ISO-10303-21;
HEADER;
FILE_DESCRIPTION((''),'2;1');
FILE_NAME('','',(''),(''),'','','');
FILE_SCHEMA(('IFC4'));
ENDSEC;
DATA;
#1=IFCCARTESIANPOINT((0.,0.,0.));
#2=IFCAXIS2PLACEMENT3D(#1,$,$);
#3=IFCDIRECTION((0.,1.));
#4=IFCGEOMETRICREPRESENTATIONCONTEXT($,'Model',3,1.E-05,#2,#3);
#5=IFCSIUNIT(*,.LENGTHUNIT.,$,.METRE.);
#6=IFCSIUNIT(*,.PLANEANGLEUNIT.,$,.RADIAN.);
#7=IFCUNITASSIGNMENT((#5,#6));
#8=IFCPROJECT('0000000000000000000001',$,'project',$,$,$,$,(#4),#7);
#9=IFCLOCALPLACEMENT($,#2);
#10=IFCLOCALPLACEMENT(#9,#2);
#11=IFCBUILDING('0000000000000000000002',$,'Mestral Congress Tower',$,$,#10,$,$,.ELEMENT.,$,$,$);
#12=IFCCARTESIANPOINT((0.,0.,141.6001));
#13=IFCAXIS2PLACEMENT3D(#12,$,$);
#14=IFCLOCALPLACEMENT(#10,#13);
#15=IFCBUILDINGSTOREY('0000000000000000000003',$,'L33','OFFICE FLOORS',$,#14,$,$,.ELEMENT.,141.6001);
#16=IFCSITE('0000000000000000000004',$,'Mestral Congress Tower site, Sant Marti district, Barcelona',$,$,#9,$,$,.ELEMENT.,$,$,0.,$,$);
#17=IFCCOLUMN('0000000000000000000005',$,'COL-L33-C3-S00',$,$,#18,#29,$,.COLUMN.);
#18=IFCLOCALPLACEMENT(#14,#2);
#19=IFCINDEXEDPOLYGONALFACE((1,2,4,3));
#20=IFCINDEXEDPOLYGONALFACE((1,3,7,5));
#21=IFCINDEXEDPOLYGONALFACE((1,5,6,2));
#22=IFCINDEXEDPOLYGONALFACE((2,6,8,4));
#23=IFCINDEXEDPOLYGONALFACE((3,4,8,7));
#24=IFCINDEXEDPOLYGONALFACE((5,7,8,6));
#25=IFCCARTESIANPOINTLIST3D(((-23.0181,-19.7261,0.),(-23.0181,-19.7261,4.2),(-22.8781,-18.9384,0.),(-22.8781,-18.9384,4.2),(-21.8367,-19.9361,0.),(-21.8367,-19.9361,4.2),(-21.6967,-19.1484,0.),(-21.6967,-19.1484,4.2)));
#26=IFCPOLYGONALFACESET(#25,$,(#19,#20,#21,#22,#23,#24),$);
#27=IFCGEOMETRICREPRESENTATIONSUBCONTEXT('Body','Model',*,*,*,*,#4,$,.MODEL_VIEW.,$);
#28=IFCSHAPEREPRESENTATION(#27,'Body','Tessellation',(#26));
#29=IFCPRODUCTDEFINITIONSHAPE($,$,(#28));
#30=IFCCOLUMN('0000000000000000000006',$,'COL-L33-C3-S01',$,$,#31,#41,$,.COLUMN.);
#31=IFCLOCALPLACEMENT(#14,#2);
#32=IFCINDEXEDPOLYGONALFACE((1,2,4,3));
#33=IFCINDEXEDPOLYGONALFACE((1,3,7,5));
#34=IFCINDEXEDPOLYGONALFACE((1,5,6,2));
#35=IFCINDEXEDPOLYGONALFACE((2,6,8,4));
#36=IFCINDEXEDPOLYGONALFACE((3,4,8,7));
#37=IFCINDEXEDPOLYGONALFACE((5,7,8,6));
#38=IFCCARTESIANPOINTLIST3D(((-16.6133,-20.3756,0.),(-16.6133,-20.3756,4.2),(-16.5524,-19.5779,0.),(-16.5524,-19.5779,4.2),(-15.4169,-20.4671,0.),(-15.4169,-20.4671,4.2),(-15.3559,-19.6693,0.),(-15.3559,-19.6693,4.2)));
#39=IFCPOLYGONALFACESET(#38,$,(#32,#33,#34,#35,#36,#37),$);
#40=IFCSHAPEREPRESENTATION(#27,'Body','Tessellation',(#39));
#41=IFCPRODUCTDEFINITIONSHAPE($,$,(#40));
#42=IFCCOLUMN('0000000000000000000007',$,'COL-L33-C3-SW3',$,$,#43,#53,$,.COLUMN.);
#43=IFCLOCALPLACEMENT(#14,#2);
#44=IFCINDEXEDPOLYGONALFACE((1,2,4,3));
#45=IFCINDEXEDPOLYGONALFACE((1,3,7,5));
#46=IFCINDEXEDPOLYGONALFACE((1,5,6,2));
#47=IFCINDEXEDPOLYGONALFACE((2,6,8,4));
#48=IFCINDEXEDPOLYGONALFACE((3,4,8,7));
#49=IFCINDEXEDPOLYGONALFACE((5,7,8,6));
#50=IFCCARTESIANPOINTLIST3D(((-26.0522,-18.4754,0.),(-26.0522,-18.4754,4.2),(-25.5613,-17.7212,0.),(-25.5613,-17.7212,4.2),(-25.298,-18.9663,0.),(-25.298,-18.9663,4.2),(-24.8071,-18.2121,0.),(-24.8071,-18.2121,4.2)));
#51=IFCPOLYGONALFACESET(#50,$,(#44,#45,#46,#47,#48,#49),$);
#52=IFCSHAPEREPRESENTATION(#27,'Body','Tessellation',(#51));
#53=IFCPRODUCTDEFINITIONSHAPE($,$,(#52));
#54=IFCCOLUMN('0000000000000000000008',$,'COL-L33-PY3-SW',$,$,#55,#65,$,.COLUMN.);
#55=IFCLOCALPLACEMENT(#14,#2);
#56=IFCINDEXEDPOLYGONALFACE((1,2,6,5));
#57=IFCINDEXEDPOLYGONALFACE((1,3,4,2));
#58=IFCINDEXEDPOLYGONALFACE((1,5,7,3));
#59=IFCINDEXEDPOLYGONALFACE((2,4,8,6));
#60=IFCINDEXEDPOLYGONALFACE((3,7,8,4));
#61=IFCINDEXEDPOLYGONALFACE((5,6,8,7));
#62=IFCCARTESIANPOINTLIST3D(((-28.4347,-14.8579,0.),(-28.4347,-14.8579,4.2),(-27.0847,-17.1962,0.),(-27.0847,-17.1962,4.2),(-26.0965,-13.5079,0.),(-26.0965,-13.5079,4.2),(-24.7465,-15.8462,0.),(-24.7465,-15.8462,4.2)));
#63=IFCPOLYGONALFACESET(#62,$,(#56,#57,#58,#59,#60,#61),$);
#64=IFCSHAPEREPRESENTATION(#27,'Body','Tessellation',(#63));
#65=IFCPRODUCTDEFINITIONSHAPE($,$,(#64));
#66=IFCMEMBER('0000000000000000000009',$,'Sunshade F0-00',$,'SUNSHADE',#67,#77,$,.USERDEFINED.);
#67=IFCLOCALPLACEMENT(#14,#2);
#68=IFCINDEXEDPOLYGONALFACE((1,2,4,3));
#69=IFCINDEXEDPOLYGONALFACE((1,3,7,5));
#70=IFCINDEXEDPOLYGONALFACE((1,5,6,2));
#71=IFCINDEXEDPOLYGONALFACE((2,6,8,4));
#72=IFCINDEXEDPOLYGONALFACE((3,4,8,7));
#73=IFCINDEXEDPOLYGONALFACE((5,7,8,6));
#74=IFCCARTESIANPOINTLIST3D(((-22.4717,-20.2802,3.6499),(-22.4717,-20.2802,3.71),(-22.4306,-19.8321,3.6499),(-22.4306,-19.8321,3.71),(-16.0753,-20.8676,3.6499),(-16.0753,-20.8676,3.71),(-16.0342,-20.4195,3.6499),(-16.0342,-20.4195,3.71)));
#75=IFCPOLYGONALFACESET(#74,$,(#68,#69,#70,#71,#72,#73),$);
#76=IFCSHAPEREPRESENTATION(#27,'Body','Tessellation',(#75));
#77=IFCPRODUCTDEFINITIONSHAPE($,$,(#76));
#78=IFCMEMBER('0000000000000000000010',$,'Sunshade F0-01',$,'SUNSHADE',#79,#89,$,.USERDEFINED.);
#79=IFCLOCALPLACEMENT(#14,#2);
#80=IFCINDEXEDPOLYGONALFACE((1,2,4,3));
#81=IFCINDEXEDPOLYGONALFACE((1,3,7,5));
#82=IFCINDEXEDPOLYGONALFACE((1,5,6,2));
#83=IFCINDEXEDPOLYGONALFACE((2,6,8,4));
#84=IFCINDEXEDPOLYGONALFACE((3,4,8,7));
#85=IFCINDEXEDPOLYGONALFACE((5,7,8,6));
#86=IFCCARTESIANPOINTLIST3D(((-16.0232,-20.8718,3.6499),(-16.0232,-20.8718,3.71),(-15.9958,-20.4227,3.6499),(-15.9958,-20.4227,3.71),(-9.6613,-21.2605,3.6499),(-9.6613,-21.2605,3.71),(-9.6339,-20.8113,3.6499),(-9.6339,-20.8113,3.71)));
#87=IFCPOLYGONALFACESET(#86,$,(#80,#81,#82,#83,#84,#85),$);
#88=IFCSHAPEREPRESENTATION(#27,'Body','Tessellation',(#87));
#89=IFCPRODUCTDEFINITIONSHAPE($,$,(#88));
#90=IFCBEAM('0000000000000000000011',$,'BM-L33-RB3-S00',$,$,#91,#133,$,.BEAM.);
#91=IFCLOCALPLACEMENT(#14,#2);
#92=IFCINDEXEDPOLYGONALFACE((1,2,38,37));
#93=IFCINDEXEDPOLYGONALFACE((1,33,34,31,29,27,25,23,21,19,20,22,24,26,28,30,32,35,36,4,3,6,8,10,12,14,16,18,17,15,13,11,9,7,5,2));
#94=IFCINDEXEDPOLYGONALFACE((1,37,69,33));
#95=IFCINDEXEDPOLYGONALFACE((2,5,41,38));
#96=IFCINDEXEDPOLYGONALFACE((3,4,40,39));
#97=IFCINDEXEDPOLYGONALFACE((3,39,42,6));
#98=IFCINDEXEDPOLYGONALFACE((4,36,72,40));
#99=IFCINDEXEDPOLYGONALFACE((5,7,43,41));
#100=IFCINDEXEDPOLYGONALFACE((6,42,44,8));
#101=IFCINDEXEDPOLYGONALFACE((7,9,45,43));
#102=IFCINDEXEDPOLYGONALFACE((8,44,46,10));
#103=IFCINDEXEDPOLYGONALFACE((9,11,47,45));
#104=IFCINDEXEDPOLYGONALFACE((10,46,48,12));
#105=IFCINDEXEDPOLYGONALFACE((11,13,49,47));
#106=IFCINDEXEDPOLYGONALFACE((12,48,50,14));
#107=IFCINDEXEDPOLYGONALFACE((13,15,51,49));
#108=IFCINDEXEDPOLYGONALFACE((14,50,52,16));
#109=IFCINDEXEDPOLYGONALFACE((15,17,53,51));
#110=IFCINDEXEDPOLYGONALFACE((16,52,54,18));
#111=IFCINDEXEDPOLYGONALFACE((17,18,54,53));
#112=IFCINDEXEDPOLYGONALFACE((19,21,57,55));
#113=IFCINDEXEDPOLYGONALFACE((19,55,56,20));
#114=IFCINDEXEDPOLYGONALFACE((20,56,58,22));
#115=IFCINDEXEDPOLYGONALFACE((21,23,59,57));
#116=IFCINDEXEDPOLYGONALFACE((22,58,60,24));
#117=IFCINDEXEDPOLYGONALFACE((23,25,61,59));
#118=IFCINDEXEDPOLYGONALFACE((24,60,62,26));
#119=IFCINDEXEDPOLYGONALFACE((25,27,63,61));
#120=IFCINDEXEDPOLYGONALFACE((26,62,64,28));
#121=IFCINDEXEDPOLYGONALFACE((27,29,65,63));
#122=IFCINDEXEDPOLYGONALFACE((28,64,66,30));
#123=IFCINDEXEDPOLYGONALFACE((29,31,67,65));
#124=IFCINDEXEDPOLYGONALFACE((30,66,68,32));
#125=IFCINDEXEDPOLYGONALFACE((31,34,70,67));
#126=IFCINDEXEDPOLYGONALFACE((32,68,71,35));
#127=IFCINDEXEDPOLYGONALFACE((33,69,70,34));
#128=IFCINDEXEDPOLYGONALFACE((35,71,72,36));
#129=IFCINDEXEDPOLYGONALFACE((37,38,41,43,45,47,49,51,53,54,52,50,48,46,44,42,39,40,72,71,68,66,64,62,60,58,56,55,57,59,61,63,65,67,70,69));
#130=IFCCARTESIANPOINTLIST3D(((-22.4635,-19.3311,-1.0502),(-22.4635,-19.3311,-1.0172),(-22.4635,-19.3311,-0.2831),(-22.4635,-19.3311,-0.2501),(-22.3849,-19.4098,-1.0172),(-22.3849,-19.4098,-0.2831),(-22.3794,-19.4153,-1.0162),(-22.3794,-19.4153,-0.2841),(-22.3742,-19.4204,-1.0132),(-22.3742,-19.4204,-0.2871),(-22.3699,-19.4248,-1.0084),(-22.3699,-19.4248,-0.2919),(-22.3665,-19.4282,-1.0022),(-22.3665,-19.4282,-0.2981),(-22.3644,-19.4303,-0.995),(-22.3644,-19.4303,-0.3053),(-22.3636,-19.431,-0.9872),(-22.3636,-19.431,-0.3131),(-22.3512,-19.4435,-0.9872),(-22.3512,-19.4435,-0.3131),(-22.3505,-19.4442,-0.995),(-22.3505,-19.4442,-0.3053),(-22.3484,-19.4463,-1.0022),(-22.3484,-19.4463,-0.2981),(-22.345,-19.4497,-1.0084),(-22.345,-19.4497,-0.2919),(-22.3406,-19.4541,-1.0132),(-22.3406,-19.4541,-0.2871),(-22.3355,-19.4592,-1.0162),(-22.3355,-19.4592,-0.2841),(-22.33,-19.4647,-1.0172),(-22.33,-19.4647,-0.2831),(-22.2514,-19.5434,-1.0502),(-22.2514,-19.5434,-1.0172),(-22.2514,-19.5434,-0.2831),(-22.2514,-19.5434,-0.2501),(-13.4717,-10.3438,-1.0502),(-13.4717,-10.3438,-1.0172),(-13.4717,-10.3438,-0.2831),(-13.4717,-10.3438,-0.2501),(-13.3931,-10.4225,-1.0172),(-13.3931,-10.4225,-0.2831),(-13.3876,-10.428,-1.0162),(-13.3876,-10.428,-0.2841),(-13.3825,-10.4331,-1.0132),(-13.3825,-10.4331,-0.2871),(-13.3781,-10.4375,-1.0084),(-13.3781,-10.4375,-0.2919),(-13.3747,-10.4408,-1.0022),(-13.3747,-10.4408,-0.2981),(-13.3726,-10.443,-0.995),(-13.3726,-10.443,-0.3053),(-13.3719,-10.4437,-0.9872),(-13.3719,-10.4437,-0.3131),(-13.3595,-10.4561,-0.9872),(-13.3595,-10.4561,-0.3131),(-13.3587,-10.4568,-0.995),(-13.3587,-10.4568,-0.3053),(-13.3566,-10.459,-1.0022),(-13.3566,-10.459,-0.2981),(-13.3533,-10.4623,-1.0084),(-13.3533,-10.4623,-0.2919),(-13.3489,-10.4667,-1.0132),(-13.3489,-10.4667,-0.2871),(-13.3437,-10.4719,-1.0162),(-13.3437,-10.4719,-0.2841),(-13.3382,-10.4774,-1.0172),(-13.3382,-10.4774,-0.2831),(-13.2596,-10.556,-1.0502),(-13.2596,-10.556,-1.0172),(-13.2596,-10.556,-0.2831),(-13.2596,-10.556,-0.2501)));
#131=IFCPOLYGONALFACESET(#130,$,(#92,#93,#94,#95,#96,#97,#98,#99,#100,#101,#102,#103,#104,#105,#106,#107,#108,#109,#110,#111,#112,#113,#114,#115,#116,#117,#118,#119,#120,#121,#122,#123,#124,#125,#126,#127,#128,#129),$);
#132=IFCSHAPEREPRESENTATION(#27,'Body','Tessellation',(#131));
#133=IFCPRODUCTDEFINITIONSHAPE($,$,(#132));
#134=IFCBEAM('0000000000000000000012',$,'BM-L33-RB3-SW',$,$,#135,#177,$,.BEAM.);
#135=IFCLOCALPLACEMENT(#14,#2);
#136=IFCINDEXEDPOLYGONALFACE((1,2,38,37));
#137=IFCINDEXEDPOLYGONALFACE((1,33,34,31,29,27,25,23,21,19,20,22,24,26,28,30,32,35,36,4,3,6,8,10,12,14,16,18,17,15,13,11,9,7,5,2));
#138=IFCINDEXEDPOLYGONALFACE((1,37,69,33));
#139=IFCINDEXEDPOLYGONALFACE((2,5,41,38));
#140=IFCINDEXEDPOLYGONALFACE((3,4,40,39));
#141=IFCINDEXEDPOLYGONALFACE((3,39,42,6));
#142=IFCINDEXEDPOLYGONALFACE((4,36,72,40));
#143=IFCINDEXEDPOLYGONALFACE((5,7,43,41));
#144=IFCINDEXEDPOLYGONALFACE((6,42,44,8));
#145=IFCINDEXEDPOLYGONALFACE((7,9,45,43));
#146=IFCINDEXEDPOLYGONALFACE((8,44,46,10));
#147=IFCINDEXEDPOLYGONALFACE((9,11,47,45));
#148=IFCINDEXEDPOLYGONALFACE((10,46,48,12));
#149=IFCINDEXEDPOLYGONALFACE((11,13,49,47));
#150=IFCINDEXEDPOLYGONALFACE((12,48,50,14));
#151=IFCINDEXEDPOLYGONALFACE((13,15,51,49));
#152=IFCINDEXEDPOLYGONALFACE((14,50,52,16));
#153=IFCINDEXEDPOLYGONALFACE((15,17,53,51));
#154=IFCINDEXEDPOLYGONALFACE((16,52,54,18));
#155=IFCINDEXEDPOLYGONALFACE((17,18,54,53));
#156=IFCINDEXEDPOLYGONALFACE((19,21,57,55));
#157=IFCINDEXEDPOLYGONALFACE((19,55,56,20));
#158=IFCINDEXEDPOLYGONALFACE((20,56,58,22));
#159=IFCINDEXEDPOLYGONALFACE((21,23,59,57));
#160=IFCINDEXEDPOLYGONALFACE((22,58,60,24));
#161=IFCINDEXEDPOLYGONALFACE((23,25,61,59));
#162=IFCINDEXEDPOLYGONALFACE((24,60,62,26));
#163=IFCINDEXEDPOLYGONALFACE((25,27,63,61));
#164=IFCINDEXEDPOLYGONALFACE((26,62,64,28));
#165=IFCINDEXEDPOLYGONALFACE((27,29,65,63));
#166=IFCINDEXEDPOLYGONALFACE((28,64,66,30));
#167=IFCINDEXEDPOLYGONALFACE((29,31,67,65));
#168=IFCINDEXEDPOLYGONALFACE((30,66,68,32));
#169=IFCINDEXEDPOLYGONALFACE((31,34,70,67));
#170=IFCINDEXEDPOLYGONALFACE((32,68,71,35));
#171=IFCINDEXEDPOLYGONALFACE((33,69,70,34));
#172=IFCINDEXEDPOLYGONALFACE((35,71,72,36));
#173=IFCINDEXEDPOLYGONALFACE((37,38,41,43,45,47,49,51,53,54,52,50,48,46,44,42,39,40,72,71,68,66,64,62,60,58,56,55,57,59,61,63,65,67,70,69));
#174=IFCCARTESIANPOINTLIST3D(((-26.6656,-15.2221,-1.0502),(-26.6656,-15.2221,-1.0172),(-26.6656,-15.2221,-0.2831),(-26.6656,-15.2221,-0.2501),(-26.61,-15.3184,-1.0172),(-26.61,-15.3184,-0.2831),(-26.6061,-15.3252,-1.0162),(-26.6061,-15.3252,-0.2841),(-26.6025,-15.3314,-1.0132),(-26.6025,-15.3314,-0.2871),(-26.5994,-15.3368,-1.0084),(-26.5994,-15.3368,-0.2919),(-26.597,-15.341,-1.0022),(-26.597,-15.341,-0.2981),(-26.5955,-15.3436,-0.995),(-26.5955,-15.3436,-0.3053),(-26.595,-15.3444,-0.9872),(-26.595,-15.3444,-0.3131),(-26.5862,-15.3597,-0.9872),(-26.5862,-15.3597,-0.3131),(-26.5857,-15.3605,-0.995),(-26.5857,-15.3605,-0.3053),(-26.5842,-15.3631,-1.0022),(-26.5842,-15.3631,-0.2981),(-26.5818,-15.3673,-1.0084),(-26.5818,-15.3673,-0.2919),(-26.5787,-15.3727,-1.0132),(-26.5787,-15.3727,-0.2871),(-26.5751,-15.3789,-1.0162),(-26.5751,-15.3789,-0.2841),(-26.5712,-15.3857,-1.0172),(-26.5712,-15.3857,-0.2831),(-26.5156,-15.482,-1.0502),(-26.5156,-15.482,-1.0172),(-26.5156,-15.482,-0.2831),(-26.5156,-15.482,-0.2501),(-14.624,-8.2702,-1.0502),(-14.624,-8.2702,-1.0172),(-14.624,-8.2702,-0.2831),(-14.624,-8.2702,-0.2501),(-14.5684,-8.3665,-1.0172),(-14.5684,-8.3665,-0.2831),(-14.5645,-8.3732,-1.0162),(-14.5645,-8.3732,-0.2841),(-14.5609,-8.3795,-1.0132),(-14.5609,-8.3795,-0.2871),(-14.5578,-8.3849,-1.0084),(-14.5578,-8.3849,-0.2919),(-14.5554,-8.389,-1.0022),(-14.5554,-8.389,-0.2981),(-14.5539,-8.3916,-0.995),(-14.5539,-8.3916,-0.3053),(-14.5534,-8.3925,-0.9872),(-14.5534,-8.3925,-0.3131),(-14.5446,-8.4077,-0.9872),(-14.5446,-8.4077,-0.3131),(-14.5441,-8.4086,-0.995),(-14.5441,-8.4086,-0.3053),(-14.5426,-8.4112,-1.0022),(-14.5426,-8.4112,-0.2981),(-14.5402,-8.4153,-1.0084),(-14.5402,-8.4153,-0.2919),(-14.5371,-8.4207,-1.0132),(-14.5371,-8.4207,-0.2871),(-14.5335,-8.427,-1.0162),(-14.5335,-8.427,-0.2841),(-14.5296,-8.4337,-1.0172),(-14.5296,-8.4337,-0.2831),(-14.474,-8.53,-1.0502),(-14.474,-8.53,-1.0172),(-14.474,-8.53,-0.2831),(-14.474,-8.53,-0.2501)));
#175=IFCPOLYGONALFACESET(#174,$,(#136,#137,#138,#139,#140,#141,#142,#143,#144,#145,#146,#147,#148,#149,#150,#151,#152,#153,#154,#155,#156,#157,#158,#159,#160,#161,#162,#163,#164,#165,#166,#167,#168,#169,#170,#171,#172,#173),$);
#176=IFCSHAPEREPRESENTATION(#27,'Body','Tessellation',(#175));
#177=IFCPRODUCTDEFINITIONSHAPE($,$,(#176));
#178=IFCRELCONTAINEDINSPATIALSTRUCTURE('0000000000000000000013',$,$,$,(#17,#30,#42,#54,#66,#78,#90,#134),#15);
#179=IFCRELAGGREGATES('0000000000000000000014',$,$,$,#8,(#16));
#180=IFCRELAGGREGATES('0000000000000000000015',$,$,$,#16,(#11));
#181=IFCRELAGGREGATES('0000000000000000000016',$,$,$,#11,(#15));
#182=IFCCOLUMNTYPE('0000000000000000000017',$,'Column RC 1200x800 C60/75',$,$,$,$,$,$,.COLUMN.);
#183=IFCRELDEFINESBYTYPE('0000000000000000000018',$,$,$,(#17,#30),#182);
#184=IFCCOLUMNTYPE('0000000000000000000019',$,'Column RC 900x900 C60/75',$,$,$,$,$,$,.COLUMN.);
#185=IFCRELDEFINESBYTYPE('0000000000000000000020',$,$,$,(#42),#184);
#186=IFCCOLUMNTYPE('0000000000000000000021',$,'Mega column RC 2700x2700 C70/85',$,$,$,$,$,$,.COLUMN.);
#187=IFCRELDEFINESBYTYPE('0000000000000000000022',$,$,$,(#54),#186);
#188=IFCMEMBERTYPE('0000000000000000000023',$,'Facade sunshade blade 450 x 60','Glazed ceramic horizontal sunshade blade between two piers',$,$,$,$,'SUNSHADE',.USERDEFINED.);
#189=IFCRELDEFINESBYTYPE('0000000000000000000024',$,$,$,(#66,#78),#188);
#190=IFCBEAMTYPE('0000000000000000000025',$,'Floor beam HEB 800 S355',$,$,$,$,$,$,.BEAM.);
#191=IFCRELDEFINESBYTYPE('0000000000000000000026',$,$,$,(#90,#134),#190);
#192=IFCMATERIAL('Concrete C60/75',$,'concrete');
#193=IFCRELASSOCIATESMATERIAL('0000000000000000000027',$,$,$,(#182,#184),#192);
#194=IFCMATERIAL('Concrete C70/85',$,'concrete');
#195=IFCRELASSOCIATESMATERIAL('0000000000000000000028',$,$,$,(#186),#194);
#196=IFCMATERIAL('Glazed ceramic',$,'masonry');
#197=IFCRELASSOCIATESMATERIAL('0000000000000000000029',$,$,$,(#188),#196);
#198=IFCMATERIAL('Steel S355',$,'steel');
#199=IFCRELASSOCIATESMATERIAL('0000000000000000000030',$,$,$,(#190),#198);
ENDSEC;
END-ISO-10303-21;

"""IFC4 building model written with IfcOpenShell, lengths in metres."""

from ifc_helpers import new_model, si_unit, direction, frame, origin, origin_2d, place, context, subcontext, project, spatial, rectangle, i_section, extrude, material, material_profile, profile_set, type_object, element, save


model = new_model("IFC4")

# Units and contexts
model_context = context("Model", 3, precision=1e-05, world=origin(), true_north=direction((0.0, 1.0)))
body_context = subcontext(model_context, "Body", "Model", "MODEL_VIEW")
ifc_project = project(units=[si_unit("LENGTHUNIT", "METRE"), si_unit("PLANEANGLEUNIT", "RADIAN")], contexts=[model_context])

# Site, building, storey
site_placement = place(None, origin())
site = spatial("IfcSite", under=ifc_project, at=site_placement, Name="Mestral Congress Tower site, Sant Marti district, Barcelona", CompositionType="ELEMENT", RefElevation=0.0)
building_placement = place(site_placement, origin())
building = spatial("IfcBuilding", under=site, at=building_placement, Name="Mestral Congress Tower", CompositionType="ELEMENT")
storey_placement = place(building_placement, frame((0.0, 0.0, 141.6001)))
storey = spatial("IfcBuildingStorey", under=building, at=storey_placement, Name="L33", Description="OFFICE FLOORS", CompositionType="ELEMENT", Elevation=141.6001)

# Columns
ifc_material_1 = material(Name="Concrete C60/75", Category="concrete")
ifc_material_profile_1 = material_profile(ifc_material_1, rectangle(XDim=1.2, YDim=0.8, at=origin_2d()), Name="RC 1200x800")
ifc_profile_set_1 = profile_set([ifc_material_profile_1], Name="Concrete C60/75")
column_type_1 = type_object("IfcColumnType", Name="Column RC 1200x800 C60/75", PredefinedType="COLUMN", material=ifc_profile_set_1)
for number, where, z_axis, x_axis, name in (
    (1, (-22.3574, -19.4373, 0.0), (0.0, 0.0, 1.0), (0.984571, -0.174985, 0.0), "COL-L33-C3-S00"),
    (2, (-15.9846, -20.0225, 0.0), (0.0, 0.0, 1.0), (0.99709, -0.076237, 0.0), "COL-L33-C3-S01"),
):
    element("IfcColumn", number, at=place(storey_placement, frame(where, z_axis=z_axis, x_axis=x_axis)), inside=storey, type_object=column_type_1, Name=name, PredefinedType="COLUMN", context=body_context, shape_type="SweptSolid", body=[
        extrude(rectangle(XDim=1.2, YDim=0.8, at=origin_2d()), origin(), (0.0, 0.0, 1.0), 4.2),
    ])
ifc_material_profile_2 = material_profile(ifc_material_1, rectangle(XDim=0.8999, YDim=0.8999, at=origin_2d()), Name="RC 900x900")
ifc_profile_set_2 = profile_set([ifc_material_profile_2], Name="Concrete C60/75")
column_type_2 = type_object("IfcColumnType", Name="Column RC 900x900 C60/75", PredefinedType="COLUMN", material=ifc_profile_set_2)
column_1_placement = place(storey_placement, frame((-25.4297, -18.3438, 0.0), z_axis=(0.0, 0.0, 1.0), x_axis=(0.838094, -0.545526, 0.0)))
element("IfcColumn", 3, at=column_1_placement, inside=storey, type_object=column_type_2, Name="COL-L33-C3-SW3", PredefinedType="COLUMN", context=body_context, shape_type="SweptSolid", body=[
    extrude(rectangle(XDim=0.8999, YDim=0.8999, at=origin_2d()), origin(), (0.0, 0.0, 1.0), 4.2),
])
ifc_material_2 = material(Name="Concrete C70/85", Category="concrete")
ifc_material_profile_3 = material_profile(ifc_material_2, rectangle(XDim=2.7, YDim=2.7, at=origin_2d()), Name="RC 2700x2700")
ifc_profile_set_3 = profile_set([ifc_material_profile_3], Name="Concrete C70/85")
column_type_3 = type_object("IfcColumnType", Name="Mega column RC 2700x2700 C70/85", PredefinedType="COLUMN", material=ifc_profile_set_3)
column_2_placement = place(storey_placement, frame((-26.5906, -15.3521, 0.0), z_axis=(0.0, 0.0, 1.0), x_axis=(-0.866025, -0.5, 0.0)))
element("IfcColumn", 4, at=column_2_placement, inside=storey, type_object=column_type_3, Name="COL-L33-PY3-SW", PredefinedType="COLUMN", context=body_context, shape_type="SweptSolid", body=[
    extrude(rectangle(XDim=2.7, YDim=2.7, at=origin_2d()), origin(), (0.0, 0.0, 1.0), 4.2),
])

# Members
ifc_material_3 = material(Name="Glazed ceramic", Category="masonry")
ifc_material_profile_4 = material_profile(ifc_material_3, rectangle(XDim=0.45, YDim=0.0601, at=origin_2d()), Name="Ceramic blade 450 x 60")
ifc_profile_set_4 = profile_set([ifc_material_profile_4], Name="Glazed ceramic")
member_type = type_object("IfcMemberType", Name="Facade sunshade blade 450 x 60", Description="Glazed ceramic horizontal sunshade blade between two piers", ElementType="SUNSHADE", PredefinedType="USERDEFINED", material=ifc_profile_set_4)
member_1_placement = place(storey_placement, frame((-22.4512, -20.0562, 3.6799), z_axis=(0.99581, -0.091447, 0.0), x_axis=(0.091447, 0.99581, 0.0)))
element("IfcMember", 5, at=member_1_placement, inside=storey, type_object=member_type, Name="Sunshade F0-00", ObjectType="SUNSHADE", PredefinedType="USERDEFINED", context=body_context, shape_type="SweptSolid", body=[
    extrude(rectangle(XDim=0.45, YDim=0.0601, at=origin_2d()), origin(), (0.0, 0.0, 1.0), 6.4233),
])
member_2_placement = place(storey_placement, frame((-16.0095, -20.6472, 3.6799), z_axis=(0.998139, -0.060981, 0.0), x_axis=(0.060981, 0.998139, 0.0)))
element("IfcMember", 6, at=member_2_placement, inside=storey, type_object=member_type, Name="Sunshade F0-01", ObjectType="SUNSHADE", PredefinedType="USERDEFINED", context=body_context, shape_type="SweptSolid", body=[
    extrude(rectangle(XDim=0.45, YDim=0.0601, at=origin_2d()), origin(), (0.0, 0.0, 1.0), 6.3738),
])

# Beams
ifc_material_4 = material(Name="Steel S355", Category="steel")
ifc_material_profile_5 = material_profile(ifc_material_4, i_section(OverallWidth=0.3, OverallDepth=0.8, WebThickness=0.0176, FlangeThickness=0.033, FilletRadius=0.03, at=origin_2d()), Name="HEB 800")
ifc_profile_set_5 = profile_set([ifc_material_profile_5], Name="Steel S355")
beam_type_1 = type_object("IfcBeamType", Name="Floor beam HEB 800 S355", PredefinedType="BEAM", material=ifc_profile_set_5)
beam_1_placement = place(storey_placement, frame((-22.3574, -19.4373, -0.6501), z_axis=(0.70728, 0.706934, 0.0), x_axis=(-0.706934, 0.70728, 0.0)))
element("IfcBeam", 7, at=beam_1_placement, inside=storey, type_object=beam_type_1, Name="BM-L33-RB3-S00", PredefinedType="BEAM", context=body_context, shape_type="SweptSolid", body=[
    extrude(i_section(OverallWidth=0.3, OverallDepth=0.8, WebThickness=0.0176, FlangeThickness=0.033, FilletRadius=0.03, at=origin_2d()), origin(), (0.0, 0.0, 1.0), 12.7131),
])
beam_2_placement = place(storey_placement, frame((-26.5906, -15.3521, -0.6501), z_axis=(0.866034, 0.499986, 0.0), x_axis=(-0.499986, 0.866034, 0.0)))
element("IfcBeam", 8, at=beam_2_placement, inside=storey, type_object=beam_type_1, Name="BM-L33-RB3-SW", PredefinedType="BEAM", context=body_context, shape_type="SweptSolid", body=[
    extrude(i_section(OverallWidth=0.3, OverallDepth=0.8, WebThickness=0.0176, FlangeThickness=0.033, FilletRadius=0.03, at=origin_2d()), origin(), (0.0, 0.0, 1.0), 13.9043),
])

save(model, "model.ifc")
